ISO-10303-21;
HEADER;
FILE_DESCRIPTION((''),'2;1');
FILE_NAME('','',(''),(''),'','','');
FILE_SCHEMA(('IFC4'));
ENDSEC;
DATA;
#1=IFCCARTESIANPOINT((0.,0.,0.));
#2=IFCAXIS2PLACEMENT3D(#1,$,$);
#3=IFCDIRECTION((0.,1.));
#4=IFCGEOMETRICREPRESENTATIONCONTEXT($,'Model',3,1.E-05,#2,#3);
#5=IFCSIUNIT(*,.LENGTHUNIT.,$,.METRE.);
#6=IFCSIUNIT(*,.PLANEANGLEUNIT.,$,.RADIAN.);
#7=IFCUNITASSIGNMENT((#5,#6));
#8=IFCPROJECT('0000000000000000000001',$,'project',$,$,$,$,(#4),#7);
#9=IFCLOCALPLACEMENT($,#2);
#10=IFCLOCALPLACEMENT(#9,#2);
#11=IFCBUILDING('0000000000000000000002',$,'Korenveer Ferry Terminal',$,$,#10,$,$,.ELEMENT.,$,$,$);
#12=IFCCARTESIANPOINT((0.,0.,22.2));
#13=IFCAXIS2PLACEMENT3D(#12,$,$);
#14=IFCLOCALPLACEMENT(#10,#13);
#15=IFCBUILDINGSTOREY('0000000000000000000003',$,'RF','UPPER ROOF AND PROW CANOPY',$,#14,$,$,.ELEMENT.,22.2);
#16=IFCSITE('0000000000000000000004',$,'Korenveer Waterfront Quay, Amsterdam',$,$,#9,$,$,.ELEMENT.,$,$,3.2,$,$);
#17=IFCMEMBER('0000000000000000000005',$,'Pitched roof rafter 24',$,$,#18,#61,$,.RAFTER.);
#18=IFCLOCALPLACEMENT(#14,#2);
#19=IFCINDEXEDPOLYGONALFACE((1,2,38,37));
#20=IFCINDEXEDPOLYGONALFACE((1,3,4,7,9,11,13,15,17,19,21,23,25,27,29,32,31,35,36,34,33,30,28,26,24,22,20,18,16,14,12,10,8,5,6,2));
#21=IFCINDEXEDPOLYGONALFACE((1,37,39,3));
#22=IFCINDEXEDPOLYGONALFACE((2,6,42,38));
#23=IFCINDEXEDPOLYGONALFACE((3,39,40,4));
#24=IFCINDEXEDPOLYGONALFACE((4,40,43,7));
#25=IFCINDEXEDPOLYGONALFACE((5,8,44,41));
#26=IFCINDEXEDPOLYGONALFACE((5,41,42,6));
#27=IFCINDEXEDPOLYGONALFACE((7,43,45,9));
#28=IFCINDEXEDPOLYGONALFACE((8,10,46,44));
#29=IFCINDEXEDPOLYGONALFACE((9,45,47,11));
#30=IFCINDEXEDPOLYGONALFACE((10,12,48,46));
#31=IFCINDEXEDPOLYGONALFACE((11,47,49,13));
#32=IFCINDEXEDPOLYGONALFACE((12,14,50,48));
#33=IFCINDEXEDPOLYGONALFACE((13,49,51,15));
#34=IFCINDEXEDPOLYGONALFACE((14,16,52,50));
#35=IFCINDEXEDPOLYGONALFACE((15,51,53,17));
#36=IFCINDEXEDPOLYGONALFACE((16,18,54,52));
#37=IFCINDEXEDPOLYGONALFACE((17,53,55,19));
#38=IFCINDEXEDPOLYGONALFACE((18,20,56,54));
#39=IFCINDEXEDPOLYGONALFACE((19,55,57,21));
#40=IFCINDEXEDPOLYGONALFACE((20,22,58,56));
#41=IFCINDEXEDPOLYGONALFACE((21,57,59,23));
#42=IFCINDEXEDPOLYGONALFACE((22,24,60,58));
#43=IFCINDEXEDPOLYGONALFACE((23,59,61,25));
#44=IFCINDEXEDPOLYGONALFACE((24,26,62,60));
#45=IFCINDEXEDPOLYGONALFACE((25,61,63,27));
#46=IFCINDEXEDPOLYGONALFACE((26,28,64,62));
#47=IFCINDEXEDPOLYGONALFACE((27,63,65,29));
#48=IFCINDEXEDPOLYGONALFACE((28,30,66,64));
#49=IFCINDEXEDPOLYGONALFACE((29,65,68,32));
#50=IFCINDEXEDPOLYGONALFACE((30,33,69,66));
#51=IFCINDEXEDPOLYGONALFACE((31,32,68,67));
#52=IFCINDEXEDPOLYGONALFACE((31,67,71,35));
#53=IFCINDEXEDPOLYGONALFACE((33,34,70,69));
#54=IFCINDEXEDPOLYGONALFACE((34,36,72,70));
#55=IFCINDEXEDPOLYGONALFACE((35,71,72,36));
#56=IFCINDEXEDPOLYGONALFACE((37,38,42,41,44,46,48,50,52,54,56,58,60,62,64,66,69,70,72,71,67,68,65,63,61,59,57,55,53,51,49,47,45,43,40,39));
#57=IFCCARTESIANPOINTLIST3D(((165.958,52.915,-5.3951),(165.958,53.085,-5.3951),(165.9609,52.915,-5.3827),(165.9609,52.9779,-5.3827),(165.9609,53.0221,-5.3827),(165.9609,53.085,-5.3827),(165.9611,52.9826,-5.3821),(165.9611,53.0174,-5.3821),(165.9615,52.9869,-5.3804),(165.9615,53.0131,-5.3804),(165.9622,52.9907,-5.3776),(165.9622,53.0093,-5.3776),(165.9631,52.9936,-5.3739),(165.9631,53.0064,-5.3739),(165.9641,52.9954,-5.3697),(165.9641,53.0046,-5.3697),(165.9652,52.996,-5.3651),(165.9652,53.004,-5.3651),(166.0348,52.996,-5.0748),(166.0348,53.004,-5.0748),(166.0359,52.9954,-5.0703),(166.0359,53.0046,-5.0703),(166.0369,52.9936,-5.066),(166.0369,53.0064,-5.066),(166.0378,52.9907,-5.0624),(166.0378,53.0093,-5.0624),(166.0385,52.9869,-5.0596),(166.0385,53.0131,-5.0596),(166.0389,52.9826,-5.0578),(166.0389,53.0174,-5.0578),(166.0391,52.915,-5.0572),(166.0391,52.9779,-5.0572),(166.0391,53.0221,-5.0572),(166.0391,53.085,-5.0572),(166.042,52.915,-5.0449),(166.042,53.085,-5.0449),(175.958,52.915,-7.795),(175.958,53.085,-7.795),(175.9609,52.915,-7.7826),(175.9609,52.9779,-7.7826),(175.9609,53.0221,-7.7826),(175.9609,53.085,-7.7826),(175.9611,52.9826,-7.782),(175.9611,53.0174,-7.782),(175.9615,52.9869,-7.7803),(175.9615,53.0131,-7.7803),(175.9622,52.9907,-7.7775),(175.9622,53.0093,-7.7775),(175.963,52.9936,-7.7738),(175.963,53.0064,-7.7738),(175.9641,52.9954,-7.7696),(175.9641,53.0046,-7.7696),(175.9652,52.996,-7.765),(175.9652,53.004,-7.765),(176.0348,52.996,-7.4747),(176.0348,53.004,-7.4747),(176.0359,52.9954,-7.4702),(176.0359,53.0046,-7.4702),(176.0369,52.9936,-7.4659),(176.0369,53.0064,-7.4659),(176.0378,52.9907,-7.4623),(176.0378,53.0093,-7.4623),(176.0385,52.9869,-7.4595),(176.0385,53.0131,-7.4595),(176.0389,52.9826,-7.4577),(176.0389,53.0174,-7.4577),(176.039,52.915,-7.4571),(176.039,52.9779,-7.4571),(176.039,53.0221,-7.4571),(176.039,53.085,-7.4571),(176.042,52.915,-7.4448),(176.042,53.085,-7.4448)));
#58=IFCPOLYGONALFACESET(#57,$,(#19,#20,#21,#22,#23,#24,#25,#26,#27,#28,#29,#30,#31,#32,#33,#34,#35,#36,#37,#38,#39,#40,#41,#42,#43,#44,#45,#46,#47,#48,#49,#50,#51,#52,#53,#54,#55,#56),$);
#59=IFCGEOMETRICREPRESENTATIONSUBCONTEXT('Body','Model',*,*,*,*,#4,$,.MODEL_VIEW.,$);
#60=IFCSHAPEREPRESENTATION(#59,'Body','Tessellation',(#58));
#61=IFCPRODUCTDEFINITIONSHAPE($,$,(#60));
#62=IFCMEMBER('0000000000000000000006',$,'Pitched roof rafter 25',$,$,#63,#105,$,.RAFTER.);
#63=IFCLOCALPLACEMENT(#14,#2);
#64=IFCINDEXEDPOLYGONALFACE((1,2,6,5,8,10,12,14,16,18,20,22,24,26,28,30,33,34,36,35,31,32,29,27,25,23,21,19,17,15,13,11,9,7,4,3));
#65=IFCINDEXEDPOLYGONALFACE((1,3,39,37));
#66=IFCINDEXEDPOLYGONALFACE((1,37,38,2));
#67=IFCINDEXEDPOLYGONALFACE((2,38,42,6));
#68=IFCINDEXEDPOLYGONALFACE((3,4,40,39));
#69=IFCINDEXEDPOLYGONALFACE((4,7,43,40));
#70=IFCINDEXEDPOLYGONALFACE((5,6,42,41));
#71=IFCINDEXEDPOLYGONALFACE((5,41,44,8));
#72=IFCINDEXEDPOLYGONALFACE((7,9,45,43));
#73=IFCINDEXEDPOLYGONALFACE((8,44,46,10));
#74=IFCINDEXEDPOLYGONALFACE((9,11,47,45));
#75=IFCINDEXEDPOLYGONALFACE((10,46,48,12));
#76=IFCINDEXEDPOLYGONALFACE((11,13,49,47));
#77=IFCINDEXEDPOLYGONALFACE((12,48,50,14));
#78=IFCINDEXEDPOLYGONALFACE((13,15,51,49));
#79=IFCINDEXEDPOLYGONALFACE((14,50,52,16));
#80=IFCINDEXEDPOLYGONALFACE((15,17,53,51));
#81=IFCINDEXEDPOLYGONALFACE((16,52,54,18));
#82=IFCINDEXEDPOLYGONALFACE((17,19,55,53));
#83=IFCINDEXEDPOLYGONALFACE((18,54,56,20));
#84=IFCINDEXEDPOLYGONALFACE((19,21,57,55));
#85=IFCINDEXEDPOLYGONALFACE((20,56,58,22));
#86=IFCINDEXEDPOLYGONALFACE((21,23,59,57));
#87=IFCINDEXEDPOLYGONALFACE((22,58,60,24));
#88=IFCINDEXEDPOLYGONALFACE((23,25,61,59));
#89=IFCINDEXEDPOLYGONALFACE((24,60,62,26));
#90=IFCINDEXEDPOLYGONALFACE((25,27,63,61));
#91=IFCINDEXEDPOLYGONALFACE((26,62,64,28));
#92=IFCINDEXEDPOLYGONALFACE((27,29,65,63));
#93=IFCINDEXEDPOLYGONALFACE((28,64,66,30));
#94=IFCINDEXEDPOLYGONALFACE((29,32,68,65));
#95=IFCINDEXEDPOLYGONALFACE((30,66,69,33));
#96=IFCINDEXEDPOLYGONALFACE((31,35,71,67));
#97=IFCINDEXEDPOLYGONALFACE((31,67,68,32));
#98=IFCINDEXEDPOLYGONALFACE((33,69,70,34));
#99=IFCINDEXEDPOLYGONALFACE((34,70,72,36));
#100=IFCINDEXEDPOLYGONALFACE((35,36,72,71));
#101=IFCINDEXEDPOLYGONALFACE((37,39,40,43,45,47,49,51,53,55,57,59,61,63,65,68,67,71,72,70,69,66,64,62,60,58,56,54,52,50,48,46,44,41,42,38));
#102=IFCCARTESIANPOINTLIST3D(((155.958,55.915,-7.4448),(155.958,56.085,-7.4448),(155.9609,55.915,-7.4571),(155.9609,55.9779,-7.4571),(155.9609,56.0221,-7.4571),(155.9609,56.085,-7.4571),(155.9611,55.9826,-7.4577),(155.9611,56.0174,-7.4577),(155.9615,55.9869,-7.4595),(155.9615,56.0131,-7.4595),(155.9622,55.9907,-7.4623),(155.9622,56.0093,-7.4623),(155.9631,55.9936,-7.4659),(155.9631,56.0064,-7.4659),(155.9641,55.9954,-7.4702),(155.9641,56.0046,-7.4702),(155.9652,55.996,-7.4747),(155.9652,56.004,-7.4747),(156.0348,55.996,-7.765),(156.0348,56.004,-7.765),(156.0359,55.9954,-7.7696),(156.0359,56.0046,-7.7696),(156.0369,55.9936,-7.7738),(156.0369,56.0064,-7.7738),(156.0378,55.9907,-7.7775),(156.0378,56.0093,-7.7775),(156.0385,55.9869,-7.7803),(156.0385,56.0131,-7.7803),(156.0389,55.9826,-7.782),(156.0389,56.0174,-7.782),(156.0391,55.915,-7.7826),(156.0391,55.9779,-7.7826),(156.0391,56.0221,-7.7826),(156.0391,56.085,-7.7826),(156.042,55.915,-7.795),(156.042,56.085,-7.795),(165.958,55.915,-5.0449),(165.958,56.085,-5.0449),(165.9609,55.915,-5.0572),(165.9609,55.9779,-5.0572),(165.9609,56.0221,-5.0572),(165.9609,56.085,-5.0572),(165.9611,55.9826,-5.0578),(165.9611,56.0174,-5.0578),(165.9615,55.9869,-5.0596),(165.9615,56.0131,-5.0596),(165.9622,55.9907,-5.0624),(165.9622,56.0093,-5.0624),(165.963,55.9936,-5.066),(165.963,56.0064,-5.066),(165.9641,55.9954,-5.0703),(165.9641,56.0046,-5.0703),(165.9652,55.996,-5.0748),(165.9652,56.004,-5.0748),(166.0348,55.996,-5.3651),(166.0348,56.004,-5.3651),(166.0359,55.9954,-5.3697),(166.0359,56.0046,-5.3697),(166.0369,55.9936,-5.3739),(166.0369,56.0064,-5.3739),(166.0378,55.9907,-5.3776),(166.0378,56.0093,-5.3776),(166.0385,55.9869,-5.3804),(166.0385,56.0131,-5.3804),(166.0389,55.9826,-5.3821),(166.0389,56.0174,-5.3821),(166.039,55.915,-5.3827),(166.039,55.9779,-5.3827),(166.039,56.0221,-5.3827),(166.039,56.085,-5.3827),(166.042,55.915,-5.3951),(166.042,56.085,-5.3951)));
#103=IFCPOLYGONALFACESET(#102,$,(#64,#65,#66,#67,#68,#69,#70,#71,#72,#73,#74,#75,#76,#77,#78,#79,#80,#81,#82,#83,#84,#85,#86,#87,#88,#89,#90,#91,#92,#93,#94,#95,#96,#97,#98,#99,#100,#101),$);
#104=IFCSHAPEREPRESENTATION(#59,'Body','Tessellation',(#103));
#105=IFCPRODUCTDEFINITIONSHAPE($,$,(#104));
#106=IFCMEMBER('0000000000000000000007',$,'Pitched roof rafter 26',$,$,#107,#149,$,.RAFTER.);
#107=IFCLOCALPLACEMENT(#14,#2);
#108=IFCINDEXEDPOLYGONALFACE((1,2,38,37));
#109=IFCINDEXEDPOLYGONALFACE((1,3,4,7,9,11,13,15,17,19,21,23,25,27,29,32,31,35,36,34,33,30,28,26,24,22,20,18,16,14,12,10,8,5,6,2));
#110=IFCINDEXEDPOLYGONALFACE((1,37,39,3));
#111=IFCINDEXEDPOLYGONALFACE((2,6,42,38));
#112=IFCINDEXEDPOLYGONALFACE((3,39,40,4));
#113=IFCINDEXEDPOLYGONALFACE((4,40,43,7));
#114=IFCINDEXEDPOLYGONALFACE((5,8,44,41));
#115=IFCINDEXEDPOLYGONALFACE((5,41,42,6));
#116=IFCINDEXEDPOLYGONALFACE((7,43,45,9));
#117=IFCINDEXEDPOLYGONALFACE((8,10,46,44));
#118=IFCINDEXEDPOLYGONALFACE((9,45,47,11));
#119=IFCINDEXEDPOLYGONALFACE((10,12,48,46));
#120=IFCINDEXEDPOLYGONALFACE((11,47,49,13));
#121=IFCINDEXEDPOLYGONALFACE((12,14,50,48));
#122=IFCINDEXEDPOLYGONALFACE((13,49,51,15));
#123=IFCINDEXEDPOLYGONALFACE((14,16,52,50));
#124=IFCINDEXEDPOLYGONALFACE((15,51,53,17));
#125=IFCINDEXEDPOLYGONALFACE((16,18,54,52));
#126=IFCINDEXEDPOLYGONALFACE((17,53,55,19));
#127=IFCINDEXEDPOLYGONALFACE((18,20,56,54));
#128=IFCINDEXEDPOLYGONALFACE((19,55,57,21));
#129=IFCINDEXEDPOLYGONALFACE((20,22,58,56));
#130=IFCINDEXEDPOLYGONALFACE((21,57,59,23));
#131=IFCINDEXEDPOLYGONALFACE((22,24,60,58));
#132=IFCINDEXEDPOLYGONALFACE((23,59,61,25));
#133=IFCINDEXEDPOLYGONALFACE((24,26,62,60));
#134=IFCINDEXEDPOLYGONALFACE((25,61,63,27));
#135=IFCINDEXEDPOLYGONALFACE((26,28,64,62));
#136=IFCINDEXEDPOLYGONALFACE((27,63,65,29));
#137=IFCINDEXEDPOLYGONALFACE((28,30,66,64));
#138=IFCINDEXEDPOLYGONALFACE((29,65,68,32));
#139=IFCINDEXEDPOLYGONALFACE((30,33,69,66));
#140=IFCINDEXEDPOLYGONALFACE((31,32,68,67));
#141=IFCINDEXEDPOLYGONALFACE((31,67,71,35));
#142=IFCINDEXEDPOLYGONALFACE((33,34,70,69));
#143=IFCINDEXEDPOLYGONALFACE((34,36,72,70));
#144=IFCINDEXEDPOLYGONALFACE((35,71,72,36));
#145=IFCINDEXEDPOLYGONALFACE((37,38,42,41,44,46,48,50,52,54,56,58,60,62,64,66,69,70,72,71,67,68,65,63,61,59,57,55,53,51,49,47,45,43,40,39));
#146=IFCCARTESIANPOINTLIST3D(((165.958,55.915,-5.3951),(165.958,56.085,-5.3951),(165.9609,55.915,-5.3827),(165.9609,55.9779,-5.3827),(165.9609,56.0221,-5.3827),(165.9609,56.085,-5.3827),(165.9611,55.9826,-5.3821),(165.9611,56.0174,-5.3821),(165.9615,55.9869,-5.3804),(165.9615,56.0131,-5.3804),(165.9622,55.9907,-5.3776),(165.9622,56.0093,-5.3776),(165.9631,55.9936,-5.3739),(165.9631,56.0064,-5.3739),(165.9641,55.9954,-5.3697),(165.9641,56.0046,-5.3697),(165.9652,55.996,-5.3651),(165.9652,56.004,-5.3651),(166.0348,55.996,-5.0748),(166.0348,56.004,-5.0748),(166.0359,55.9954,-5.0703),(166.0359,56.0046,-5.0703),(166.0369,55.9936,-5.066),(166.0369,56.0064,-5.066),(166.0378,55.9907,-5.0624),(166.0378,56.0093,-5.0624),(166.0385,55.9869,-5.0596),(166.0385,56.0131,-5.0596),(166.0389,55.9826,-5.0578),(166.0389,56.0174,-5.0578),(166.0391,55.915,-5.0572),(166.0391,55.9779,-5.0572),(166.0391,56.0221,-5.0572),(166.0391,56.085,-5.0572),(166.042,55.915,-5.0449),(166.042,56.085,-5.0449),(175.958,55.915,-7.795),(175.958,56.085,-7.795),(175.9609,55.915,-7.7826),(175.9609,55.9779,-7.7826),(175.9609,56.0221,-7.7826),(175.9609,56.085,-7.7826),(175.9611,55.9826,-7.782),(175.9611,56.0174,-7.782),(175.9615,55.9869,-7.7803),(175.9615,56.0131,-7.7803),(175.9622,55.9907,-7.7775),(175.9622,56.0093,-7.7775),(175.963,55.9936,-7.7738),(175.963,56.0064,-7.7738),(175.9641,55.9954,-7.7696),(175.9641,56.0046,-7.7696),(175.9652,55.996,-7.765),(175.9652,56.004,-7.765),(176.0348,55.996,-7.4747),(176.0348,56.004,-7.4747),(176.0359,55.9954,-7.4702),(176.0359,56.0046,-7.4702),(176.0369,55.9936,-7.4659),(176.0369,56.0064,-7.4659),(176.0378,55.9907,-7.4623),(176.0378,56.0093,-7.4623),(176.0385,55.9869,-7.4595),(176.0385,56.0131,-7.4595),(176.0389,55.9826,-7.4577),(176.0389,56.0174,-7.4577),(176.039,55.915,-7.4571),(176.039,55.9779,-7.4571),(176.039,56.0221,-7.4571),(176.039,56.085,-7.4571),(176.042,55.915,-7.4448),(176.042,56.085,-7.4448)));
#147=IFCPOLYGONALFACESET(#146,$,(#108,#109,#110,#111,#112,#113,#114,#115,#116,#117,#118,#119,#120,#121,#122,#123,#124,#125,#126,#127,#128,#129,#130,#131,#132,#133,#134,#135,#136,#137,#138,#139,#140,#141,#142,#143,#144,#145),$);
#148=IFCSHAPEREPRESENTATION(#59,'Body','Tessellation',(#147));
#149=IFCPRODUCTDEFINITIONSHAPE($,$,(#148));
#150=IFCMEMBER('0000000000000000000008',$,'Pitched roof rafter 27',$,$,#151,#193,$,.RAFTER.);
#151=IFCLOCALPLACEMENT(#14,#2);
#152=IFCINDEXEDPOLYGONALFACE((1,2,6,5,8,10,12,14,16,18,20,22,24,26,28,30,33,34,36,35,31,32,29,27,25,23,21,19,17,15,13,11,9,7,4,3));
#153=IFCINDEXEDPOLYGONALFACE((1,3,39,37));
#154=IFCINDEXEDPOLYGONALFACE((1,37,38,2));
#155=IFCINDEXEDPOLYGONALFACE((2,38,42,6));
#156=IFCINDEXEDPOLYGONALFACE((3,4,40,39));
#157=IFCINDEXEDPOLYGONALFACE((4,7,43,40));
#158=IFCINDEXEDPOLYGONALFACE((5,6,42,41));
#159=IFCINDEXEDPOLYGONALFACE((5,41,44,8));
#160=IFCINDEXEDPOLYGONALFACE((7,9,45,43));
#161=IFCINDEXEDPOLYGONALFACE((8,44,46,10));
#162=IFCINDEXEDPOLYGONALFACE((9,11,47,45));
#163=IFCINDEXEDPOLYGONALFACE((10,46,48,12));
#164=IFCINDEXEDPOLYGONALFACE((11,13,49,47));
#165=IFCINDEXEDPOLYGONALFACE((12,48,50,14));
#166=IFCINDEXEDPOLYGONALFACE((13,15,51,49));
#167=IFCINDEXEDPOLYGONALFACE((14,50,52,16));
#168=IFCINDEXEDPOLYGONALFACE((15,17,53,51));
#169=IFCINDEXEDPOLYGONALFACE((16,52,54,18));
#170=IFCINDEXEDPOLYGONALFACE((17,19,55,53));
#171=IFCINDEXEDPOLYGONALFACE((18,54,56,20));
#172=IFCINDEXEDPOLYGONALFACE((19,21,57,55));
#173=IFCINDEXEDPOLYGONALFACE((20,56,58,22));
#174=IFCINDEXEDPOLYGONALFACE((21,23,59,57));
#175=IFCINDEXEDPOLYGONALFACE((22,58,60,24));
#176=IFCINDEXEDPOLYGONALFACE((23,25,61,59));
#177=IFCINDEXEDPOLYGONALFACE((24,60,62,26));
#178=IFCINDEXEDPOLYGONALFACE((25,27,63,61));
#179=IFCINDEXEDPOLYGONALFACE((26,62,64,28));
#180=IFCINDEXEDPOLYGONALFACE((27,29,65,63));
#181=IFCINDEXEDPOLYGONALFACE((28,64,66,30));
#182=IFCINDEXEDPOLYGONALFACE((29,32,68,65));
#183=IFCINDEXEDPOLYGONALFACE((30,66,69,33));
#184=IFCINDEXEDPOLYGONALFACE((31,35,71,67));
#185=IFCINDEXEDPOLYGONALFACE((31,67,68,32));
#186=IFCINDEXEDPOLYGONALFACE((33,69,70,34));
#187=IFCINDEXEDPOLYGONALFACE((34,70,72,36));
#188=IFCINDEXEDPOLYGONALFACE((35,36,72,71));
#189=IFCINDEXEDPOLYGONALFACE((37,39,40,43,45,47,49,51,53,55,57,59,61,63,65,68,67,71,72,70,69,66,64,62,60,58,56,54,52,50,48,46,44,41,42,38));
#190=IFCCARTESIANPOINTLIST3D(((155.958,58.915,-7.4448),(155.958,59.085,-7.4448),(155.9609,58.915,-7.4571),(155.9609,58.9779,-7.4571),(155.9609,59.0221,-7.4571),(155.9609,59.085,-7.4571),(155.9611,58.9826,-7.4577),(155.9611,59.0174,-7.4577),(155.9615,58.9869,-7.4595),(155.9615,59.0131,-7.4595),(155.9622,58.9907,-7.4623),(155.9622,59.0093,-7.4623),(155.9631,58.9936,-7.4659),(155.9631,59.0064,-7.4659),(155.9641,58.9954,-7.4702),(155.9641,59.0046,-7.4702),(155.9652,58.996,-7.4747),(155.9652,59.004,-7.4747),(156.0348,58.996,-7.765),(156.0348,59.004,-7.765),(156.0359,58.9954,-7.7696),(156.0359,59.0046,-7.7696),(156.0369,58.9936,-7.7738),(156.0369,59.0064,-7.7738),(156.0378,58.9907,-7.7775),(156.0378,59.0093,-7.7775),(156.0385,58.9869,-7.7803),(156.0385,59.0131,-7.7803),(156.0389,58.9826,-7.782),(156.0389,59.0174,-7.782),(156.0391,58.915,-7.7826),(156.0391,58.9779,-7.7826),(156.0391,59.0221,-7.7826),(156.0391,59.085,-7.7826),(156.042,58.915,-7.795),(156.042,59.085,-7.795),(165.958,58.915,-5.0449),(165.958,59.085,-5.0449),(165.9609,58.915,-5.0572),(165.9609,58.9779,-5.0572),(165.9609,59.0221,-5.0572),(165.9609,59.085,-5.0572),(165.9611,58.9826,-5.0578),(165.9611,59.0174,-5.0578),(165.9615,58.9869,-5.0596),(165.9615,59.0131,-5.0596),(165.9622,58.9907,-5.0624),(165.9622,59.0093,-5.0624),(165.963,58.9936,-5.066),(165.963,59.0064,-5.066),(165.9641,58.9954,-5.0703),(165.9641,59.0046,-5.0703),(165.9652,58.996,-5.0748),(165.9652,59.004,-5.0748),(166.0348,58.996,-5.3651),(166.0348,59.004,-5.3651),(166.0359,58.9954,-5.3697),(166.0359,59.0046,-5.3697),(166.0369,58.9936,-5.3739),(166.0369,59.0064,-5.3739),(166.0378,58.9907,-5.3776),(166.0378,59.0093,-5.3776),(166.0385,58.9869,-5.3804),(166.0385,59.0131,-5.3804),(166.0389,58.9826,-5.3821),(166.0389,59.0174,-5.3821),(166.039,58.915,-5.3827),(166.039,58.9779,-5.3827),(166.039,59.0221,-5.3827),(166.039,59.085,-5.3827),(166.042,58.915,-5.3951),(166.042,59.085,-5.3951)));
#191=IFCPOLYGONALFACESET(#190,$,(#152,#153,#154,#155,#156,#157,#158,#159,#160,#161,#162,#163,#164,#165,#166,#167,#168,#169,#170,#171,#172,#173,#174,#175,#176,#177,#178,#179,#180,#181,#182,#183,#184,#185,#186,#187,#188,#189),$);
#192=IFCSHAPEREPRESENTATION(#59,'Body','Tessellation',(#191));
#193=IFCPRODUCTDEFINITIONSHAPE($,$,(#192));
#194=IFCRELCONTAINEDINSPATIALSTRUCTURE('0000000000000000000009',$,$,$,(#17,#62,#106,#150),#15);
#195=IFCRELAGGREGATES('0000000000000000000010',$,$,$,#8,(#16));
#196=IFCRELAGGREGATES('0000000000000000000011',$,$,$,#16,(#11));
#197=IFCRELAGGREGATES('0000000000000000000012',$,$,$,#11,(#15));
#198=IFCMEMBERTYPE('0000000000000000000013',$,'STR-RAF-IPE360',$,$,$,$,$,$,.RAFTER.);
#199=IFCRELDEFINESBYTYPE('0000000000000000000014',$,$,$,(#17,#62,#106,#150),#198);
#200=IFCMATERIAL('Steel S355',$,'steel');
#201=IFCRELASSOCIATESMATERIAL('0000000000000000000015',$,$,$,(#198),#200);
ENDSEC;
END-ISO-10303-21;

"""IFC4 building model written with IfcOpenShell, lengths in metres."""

from ifc_helpers import new_model, si_unit, direction, frame, origin, origin_2d, place, context, subcontext, project, spatial, i_section, extrude, material, material_profile, profile_set, type_object, element, save


model = new_model("IFC4")

# Units and contexts
model_context = context("Model", 3, precision=1e-05, world=origin(), true_north=direction((0.0, 1.0)))
body_context = subcontext(model_context, "Body", "Model", "MODEL_VIEW")
ifc_project = project(units=[si_unit("LENGTHUNIT", "METRE"), si_unit("PLANEANGLEUNIT", "RADIAN")], contexts=[model_context])

# Site, building, storey
site_placement = place(None, origin())
site = spatial("IfcSite", under=ifc_project, at=site_placement, Name="Korenveer Waterfront Quay, Amsterdam", CompositionType="ELEMENT", RefElevation=3.2)
building_placement = place(site_placement, origin())
building = spatial("IfcBuilding", under=site, at=building_placement, Name="Korenveer Ferry Terminal", CompositionType="ELEMENT")
storey_placement = place(building_placement, frame((0.0, 0.0, 22.2)))
storey = spatial("IfcBuildingStorey", under=building, at=storey_placement, Name="RF", Description="UPPER ROOF AND PROW CANOPY", CompositionType="ELEMENT", Elevation=22.2)

# Shared definitions
ifc_material_1 = material(Name="Steel S355", Category="steel")

# Members
ifc_material_profile_1 = material_profile(ifc_material_1, i_section(OverallWidth=0.1699, OverallDepth=0.3601, WebThickness=0.0081, FlangeThickness=0.0127, FilletRadius=0.0181, at=origin_2d()), Name="IPE 360")
ifc_profile_set_1 = profile_set([ifc_material_profile_1], Name="Steel S355")
member_type_1 = type_object("IfcMemberType", Name="STR-RAF-IPE360", PredefinedType="RAFTER", material=ifc_profile_set_1)
for number, where, z_axis, x_axis, name in (
    (1, (166.0, 53.0, -5.22), (0.972389, 0.0, -0.233364), (0.0, 1.0, 0.0), "Pitched roof rafter 24"),
    (2, (156.0, 56.0, -7.6199), (0.972389, 0.0, 0.233364), (0.0, 1.0, 0.0), "Pitched roof rafter 25"),
    (3, (166.0, 56.0, -5.22), (0.972389, 0.0, -0.233364), (0.0, 1.0, 0.0), "Pitched roof rafter 26"),
    (4, (156.0, 59.0, -7.6199), (0.972389, 0.0, 0.233364), (0.0, 1.0, 0.0), "Pitched roof rafter 27"),
):
    element("IfcMember", number, at=place(storey_placement, frame(where, z_axis=z_axis, x_axis=x_axis)), inside=storey, type_object=member_type_1, Name=name, PredefinedType="RAFTER", context=body_context, shape_type="SweptSolid", body=[
        extrude(i_section(OverallWidth=0.1699, OverallDepth=0.3601, WebThickness=0.0081, FlangeThickness=0.0127, FilletRadius=0.0181, at=origin_2d()), origin(), (0.0, 0.0, 1.0), 10.2839),
    ])

save(model, "model.ifc")
